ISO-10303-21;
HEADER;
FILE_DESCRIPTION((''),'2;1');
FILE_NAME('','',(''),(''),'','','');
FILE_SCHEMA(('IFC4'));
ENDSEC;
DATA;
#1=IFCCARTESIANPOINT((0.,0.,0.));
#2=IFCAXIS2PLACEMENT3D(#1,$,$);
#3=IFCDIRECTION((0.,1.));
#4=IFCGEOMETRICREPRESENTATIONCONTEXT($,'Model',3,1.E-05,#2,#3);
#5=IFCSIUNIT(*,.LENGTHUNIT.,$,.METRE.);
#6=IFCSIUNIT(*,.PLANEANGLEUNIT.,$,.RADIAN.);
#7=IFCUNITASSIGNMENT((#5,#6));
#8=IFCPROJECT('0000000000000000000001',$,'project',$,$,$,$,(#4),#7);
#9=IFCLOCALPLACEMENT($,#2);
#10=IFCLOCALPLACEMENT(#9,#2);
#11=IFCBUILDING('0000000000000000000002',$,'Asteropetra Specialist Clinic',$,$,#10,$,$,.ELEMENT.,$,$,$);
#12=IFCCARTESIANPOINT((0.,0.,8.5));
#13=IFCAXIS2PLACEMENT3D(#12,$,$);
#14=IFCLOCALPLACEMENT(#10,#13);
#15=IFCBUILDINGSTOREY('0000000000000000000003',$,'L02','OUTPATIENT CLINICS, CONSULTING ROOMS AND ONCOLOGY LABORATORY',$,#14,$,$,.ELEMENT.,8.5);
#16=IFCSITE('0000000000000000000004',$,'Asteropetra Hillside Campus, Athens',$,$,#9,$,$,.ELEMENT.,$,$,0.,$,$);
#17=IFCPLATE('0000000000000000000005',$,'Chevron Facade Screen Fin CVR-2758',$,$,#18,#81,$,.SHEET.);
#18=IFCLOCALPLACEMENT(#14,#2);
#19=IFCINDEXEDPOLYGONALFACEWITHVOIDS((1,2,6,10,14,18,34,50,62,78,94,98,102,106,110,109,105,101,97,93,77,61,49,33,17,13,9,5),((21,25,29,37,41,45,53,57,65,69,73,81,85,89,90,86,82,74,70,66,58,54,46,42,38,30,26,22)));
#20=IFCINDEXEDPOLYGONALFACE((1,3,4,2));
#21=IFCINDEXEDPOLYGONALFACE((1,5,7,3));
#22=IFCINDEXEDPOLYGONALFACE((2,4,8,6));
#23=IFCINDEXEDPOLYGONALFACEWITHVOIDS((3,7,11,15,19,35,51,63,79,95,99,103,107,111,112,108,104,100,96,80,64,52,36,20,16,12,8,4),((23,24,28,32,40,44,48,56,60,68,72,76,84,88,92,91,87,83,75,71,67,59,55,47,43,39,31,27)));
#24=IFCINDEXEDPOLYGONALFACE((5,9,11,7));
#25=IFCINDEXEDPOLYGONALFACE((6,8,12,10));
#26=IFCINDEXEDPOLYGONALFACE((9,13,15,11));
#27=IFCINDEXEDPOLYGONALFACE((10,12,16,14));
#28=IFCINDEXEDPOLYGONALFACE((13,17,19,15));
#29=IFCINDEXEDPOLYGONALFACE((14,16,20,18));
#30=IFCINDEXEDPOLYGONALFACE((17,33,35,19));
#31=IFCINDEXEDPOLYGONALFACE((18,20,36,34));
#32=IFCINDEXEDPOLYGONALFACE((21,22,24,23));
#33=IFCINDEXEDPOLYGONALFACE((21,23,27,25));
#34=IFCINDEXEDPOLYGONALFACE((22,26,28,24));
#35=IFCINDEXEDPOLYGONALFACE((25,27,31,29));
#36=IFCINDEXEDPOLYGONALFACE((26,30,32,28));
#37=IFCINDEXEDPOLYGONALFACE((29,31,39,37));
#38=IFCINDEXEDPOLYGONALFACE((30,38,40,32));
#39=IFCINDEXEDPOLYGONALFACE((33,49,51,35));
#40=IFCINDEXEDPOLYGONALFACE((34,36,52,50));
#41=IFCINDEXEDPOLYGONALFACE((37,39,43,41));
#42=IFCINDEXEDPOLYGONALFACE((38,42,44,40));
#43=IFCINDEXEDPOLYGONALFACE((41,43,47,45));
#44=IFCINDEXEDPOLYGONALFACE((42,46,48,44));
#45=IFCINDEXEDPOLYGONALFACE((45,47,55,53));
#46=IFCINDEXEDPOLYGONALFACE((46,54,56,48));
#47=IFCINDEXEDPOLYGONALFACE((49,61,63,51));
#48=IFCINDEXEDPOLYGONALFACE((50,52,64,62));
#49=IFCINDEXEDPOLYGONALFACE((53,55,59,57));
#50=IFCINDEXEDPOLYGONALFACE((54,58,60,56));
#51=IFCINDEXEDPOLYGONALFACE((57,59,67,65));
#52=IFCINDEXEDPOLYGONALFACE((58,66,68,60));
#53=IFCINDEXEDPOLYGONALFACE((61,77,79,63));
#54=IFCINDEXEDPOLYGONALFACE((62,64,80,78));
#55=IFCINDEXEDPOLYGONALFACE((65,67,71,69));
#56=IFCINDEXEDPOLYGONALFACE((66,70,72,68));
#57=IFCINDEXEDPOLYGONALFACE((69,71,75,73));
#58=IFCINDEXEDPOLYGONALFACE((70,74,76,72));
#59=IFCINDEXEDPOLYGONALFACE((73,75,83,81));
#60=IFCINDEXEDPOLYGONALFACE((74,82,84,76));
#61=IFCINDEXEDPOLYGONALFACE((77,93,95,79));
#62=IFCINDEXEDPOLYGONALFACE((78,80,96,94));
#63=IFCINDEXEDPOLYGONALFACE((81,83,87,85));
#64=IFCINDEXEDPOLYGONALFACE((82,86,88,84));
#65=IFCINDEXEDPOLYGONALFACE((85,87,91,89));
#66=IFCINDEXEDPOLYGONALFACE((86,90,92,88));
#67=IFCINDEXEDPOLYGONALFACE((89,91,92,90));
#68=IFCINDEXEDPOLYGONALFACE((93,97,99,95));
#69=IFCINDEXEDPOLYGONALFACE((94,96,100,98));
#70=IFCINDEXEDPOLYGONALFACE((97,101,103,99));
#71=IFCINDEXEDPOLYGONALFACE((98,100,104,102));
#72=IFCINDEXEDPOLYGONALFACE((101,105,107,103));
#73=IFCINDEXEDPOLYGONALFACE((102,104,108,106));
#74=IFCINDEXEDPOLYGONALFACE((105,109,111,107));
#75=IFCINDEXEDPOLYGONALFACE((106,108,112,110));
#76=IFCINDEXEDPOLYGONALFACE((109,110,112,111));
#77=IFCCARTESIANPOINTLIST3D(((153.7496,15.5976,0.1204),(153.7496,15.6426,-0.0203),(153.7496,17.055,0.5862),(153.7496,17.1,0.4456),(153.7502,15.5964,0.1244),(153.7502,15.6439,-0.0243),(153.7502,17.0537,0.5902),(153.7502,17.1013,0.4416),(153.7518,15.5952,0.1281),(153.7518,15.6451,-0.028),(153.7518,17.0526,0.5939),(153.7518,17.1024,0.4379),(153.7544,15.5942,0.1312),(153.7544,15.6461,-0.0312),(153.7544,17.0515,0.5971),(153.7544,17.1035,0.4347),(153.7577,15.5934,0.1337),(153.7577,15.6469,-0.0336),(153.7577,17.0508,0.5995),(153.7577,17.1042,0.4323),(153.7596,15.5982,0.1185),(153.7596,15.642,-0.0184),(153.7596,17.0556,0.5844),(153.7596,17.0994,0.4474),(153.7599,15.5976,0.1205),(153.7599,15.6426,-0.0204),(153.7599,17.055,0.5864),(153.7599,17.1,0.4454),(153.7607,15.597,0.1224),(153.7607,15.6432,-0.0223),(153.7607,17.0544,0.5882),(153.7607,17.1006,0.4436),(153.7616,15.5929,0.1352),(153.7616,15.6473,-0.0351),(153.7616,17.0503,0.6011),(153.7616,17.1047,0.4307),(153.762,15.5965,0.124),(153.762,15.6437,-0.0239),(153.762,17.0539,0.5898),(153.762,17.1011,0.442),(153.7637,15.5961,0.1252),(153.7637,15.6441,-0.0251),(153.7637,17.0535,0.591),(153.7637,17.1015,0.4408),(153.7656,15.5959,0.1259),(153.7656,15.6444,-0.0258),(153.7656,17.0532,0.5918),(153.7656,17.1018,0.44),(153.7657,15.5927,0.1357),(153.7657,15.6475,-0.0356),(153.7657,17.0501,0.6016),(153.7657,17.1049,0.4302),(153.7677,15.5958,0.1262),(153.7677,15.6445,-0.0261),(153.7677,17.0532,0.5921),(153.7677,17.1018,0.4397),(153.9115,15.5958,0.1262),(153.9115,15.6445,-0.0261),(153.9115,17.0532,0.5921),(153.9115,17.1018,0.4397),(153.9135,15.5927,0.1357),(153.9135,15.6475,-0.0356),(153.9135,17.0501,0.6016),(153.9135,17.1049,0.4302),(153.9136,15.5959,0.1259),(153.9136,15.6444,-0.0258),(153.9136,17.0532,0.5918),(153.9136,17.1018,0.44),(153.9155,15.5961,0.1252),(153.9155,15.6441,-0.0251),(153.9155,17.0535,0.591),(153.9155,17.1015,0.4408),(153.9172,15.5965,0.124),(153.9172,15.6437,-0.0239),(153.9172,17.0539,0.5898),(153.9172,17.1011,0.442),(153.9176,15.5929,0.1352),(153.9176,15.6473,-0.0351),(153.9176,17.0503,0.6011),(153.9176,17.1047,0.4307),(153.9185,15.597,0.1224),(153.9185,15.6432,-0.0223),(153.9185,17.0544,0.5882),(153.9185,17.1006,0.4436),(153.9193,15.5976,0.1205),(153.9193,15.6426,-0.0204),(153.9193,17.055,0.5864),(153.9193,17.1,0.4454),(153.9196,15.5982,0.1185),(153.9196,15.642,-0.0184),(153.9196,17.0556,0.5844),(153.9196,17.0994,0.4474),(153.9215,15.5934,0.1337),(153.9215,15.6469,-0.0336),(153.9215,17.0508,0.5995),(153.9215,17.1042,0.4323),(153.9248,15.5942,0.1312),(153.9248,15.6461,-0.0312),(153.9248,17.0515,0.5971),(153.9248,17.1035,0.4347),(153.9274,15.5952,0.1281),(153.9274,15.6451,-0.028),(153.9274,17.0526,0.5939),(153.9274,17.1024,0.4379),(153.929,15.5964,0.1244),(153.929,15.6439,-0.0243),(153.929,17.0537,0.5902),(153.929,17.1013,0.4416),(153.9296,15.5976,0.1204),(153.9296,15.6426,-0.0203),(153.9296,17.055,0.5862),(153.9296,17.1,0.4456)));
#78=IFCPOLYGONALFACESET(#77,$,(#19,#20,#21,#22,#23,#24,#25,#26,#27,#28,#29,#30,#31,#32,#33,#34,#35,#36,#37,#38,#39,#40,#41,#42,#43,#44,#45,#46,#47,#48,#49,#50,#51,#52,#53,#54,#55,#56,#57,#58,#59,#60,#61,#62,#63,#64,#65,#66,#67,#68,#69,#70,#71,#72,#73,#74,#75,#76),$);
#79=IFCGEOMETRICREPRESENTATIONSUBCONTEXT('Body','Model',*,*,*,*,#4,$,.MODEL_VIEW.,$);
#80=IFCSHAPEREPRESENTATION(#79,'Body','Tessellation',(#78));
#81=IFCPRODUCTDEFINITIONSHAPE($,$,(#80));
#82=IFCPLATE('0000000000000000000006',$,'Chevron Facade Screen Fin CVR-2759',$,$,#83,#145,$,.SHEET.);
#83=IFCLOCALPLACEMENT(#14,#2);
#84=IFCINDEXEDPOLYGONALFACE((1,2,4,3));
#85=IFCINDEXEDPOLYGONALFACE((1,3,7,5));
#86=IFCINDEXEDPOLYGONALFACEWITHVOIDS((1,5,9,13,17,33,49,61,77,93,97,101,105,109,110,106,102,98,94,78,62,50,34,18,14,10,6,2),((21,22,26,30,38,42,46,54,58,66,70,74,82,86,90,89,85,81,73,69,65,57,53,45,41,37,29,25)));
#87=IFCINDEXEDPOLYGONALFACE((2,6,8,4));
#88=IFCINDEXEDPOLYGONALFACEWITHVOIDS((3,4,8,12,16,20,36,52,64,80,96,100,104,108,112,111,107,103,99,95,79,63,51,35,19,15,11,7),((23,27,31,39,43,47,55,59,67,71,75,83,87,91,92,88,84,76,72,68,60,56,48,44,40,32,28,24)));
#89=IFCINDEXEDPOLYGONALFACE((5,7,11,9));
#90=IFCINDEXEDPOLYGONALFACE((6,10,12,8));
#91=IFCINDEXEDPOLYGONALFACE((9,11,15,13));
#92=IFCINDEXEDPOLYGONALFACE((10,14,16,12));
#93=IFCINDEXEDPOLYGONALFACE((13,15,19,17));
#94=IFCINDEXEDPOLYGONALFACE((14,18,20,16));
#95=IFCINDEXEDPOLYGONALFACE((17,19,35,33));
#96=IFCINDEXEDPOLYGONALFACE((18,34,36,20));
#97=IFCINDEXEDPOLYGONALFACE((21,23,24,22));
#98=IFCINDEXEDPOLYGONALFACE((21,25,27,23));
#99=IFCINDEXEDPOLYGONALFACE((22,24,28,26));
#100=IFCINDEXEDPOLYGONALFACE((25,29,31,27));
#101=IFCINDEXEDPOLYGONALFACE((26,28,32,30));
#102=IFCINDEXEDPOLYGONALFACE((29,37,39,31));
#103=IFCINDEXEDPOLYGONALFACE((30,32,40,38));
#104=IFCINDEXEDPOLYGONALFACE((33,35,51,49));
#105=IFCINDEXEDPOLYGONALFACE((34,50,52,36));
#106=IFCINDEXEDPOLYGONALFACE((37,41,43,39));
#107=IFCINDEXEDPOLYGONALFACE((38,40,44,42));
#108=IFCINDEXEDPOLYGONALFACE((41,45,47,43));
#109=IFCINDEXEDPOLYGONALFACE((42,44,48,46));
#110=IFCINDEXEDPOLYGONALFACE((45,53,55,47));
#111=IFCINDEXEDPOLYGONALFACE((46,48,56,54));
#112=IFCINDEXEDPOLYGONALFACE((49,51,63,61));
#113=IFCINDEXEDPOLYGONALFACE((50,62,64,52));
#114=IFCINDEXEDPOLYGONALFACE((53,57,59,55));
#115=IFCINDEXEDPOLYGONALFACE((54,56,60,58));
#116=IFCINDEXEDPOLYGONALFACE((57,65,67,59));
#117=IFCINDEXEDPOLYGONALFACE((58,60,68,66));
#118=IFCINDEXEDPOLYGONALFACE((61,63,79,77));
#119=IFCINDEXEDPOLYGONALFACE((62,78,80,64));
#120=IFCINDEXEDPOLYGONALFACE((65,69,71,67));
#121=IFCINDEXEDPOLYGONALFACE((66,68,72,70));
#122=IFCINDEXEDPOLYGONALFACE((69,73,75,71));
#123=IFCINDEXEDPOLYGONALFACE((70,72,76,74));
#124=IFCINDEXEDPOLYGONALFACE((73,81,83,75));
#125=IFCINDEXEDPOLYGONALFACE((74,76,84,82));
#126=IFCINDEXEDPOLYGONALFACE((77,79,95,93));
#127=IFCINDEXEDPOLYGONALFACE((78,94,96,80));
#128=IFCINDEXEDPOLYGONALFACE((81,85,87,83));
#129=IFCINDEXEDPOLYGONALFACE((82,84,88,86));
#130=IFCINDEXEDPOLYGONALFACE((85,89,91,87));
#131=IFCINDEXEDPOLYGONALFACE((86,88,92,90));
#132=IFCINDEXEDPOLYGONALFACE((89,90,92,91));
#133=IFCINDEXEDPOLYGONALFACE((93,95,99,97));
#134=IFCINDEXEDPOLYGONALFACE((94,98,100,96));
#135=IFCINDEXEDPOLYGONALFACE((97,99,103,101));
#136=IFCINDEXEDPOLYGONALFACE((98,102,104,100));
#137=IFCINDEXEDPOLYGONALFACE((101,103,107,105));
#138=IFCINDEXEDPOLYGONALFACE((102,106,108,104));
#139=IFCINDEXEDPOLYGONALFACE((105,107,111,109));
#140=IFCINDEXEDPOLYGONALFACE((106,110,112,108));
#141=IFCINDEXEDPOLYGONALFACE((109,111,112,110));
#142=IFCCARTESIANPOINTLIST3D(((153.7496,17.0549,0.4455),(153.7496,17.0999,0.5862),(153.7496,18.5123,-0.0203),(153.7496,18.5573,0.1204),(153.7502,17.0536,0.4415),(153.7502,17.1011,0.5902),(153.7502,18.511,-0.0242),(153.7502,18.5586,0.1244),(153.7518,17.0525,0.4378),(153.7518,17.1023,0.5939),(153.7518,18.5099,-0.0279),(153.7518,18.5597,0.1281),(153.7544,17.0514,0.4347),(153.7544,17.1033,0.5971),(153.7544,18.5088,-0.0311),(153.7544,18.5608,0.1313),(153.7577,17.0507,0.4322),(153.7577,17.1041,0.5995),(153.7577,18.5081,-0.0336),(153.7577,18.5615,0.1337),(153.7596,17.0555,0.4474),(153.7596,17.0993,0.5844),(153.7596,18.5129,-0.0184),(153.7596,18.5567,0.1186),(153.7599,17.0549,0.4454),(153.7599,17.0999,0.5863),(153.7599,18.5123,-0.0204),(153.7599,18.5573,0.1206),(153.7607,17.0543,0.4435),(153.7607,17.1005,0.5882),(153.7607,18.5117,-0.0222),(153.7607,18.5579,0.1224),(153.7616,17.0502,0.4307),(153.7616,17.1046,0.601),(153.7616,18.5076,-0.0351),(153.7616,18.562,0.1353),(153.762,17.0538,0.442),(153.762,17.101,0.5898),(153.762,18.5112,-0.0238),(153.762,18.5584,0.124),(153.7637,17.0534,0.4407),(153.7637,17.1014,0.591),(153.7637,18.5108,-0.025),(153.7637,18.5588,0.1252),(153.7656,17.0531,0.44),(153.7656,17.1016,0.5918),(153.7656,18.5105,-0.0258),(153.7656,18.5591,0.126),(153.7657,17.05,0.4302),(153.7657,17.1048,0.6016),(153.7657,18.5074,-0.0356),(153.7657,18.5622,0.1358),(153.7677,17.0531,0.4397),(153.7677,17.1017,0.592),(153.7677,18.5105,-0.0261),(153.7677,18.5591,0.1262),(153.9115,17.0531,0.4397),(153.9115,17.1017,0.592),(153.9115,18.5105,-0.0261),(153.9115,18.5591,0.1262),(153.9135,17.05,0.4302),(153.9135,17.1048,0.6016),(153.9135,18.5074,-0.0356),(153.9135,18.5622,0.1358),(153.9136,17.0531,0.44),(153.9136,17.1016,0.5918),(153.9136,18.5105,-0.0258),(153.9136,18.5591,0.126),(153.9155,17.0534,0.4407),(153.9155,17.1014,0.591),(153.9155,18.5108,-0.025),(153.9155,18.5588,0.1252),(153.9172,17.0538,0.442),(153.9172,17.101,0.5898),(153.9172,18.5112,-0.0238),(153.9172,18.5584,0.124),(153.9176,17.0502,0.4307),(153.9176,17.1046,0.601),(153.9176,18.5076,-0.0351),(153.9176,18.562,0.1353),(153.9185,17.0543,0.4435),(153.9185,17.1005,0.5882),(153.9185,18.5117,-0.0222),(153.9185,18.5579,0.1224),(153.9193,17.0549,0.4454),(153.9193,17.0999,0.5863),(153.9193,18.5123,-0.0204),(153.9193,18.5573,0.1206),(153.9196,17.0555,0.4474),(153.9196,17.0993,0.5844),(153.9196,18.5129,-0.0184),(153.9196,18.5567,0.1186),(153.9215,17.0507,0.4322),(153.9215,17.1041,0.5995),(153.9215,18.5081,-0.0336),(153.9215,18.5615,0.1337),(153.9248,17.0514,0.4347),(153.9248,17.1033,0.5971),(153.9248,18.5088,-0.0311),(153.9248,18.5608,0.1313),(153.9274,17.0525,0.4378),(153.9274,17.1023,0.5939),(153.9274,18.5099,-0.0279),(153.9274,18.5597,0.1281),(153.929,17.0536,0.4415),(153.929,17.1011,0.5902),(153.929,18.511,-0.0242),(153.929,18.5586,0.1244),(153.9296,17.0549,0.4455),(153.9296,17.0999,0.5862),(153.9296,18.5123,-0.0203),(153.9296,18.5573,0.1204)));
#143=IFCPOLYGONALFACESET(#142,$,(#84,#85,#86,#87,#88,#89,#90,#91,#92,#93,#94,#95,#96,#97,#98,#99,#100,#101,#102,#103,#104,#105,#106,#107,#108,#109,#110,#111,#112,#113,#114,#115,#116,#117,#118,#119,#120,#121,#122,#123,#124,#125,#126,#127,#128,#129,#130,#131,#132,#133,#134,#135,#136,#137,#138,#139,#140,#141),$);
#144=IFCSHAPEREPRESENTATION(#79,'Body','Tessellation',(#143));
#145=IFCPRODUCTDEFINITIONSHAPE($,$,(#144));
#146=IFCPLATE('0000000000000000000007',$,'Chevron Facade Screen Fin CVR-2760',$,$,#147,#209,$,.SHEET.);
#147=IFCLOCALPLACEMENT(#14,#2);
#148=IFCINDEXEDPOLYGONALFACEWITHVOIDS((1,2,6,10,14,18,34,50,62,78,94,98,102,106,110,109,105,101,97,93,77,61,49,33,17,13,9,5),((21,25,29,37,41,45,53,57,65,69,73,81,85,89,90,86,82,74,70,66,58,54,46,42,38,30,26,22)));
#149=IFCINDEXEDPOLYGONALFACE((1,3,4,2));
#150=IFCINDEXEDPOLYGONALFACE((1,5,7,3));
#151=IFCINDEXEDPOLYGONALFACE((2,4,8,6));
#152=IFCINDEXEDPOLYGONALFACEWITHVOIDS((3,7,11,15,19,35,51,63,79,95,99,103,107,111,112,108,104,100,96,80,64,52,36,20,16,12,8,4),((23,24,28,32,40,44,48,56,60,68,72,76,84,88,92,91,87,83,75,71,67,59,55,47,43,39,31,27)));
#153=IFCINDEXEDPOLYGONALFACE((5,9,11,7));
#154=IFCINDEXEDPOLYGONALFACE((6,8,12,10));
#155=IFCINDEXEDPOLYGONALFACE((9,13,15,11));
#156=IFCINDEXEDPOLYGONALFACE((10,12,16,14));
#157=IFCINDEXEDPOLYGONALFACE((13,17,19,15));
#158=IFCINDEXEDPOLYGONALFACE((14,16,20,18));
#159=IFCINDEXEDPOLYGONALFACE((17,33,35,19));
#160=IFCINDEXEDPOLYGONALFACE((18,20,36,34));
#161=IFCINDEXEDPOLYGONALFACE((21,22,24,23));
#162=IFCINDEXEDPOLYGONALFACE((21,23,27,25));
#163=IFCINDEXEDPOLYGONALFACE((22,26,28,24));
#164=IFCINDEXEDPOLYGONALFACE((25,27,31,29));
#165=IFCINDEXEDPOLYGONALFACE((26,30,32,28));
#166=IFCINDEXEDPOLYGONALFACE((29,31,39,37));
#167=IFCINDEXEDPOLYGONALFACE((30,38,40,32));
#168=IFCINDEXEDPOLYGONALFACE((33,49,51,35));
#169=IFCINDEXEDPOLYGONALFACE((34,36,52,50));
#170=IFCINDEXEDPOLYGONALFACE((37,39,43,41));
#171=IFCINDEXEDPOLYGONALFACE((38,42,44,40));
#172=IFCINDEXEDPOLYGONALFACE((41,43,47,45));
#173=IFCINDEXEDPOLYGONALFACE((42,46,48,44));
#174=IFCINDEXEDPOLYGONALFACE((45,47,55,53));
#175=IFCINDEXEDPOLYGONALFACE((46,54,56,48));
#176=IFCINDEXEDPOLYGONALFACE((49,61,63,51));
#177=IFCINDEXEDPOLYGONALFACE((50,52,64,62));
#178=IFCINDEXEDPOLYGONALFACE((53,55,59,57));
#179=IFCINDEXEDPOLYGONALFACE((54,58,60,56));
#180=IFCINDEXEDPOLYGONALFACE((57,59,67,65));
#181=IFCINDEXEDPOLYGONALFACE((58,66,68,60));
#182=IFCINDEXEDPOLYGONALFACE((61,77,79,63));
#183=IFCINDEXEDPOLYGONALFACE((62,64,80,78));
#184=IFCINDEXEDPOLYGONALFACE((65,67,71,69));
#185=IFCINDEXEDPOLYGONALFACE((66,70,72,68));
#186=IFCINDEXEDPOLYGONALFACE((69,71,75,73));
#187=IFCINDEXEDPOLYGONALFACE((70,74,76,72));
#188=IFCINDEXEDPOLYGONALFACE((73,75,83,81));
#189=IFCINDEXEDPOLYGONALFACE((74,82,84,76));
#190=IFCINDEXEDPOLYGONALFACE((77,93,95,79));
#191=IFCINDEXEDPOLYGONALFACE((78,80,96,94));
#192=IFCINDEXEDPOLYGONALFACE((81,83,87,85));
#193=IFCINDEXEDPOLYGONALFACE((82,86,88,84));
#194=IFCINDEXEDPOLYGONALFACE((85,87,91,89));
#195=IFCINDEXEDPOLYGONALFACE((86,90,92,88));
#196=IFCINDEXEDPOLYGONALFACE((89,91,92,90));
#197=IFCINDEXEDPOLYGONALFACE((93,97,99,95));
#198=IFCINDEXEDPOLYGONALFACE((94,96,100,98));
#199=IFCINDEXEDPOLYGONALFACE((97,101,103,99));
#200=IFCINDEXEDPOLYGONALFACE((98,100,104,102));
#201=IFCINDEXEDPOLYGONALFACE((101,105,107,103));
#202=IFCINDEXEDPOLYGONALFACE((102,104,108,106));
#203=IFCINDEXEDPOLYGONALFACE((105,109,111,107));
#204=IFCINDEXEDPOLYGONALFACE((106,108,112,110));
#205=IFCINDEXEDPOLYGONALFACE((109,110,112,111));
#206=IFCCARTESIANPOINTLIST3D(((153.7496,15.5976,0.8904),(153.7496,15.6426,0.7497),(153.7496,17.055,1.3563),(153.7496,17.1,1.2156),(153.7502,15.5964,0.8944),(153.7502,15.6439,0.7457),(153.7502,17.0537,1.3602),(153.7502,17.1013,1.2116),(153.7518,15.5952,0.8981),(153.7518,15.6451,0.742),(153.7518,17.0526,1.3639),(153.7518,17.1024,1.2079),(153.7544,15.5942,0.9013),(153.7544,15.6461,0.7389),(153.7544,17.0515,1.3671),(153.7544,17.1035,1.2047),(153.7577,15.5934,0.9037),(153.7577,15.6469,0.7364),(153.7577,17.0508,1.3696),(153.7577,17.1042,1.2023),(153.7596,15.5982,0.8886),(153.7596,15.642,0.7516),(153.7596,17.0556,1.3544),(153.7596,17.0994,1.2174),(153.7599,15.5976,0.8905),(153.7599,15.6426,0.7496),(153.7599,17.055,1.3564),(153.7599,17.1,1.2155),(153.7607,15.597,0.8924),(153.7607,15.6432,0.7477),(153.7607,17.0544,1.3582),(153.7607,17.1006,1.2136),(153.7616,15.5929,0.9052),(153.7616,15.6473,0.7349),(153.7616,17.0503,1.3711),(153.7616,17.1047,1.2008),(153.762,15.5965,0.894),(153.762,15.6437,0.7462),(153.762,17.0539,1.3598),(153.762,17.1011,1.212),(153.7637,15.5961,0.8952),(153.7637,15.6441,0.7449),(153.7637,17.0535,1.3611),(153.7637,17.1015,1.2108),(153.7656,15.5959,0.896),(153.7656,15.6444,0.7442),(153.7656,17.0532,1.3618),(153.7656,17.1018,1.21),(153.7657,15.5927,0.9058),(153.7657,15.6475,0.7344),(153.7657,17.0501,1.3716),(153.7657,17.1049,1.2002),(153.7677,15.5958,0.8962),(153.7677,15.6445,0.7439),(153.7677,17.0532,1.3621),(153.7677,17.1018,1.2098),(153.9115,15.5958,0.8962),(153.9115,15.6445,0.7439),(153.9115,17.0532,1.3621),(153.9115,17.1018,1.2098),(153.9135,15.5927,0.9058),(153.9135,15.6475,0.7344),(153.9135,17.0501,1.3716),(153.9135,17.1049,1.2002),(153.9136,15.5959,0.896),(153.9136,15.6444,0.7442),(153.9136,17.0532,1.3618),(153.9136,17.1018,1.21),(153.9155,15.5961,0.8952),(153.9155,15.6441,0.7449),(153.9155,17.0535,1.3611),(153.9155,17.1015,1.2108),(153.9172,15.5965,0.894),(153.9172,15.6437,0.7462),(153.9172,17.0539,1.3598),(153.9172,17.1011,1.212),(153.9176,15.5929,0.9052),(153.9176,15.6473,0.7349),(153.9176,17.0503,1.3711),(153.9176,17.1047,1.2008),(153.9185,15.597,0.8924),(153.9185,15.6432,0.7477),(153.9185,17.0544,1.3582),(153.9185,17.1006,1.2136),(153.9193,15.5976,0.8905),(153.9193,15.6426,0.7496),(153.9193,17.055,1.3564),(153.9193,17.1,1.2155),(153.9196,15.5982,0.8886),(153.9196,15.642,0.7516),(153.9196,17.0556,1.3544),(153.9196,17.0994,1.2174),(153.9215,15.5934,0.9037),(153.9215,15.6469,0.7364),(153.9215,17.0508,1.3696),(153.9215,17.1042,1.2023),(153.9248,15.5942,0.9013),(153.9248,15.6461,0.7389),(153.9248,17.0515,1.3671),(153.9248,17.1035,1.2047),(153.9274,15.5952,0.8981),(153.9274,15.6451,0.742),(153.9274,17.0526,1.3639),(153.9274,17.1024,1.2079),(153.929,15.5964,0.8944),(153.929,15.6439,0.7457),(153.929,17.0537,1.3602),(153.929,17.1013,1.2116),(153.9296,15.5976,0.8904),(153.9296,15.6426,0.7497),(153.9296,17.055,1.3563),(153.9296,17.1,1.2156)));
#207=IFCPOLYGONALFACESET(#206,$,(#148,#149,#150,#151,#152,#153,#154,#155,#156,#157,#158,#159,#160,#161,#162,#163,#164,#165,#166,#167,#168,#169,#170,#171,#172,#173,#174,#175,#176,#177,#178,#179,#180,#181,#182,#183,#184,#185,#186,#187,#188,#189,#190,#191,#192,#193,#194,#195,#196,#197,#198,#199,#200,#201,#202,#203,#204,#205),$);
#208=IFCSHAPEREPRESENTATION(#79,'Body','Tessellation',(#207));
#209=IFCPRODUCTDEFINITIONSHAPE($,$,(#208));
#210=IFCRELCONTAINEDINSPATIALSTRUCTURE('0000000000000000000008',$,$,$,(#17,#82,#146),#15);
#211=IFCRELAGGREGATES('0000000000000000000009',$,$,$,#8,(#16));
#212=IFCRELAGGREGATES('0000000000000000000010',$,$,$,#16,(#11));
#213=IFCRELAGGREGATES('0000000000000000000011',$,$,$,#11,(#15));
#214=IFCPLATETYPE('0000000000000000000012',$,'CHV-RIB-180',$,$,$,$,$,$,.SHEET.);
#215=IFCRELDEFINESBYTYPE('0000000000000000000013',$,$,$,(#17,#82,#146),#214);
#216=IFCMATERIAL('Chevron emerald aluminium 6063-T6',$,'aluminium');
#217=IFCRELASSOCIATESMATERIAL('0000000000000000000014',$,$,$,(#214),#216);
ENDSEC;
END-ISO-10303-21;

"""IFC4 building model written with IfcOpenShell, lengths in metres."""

from ifc_helpers import new_model, si_unit, direction, frame, origin, origin_2d, place, context, subcontext, project, spatial, hollow_rectangle, extrude, material, material_profile, profile_set, type_object, element, save


model = new_model("IFC4")

# Units and contexts
model_context = context("Model", 3, precision=1e-05, world=origin(), true_north=direction((0.0, 1.0)))
body_context = subcontext(model_context, "Body", "Model", "MODEL_VIEW")
ifc_project = project(units=[si_unit("LENGTHUNIT", "METRE"), si_unit("PLANEANGLEUNIT", "RADIAN")], contexts=[model_context])

# Site, building, storey
site_placement = place(None, origin())
site = spatial("IfcSite", under=ifc_project, at=site_placement, Name="Asteropetra Hillside Campus, Athens", CompositionType="ELEMENT", RefElevation=0.0)
building_placement = place(site_placement, origin())
building = spatial("IfcBuilding", under=site, at=building_placement, Name="Asteropetra Specialist Clinic", CompositionType="ELEMENT")
storey_placement = place(building_placement, frame((0.0, 0.0, 8.5)))
storey = spatial("IfcBuildingStorey", under=building, at=storey_placement, Name="L02", Description="OUTPATIENT CLINICS, CONSULTING ROOMS AND ONCOLOGY LABORATORY", CompositionType="ELEMENT", Elevation=8.5)

# Plates
ifc_material_1 = material(Name="Chevron emerald aluminium 6063-T6", Category="aluminium")
ifc_material_profile_1 = material_profile(ifc_material_1, hollow_rectangle(XDim=0.1799, YDim=0.1799, WallThickness=0.01, InnerFilletRadius=0.0081, OuterFilletRadius=0.0161, at=origin_2d()), Name="SHS 180x180x10.0")
ifc_profile_set_1 = profile_set([ifc_material_profile_1], Name="Chevron emerald aluminium 6063-T6")
plate_type = type_object("IfcPlateType", Name="CHV-RIB-180", PredefinedType="SHEET", material=ifc_profile_set_1)
for number, where, z_axis, x_axis, name in (
    (1, (153.8396, 15.6201, 0.05), (0.0, 0.95252, 0.304475), (-1.0, 0.0, 0.0), "Chevron Facade Screen Fin CVR-2758"),
    (2, (153.8396, 17.0774, 0.5159), (0.0, 0.952535, -0.304428), (-1.0, 0.0, 0.0), "Chevron Facade Screen Fin CVR-2759"),
    (3, (153.8396, 15.6201, 0.8201), (0.0, 0.95252, 0.304475), (-1.0, 0.0, 0.0), "Chevron Facade Screen Fin CVR-2760"),
):
    element("IfcPlate", number, at=place(storey_placement, frame(where, z_axis=z_axis, x_axis=x_axis)), inside=storey, type_object=plate_type, Name=name, PredefinedType="SHEET", context=body_context, shape_type="SweptSolid", body=[
        extrude(hollow_rectangle(XDim=0.1799, YDim=0.1799, WallThickness=0.01, InnerFilletRadius=0.0081, OuterFilletRadius=0.0161, at=origin_2d()), origin(), (0.0, 0.0, 1.0), 1.53),
    ])

save(model, "model.ifc")
